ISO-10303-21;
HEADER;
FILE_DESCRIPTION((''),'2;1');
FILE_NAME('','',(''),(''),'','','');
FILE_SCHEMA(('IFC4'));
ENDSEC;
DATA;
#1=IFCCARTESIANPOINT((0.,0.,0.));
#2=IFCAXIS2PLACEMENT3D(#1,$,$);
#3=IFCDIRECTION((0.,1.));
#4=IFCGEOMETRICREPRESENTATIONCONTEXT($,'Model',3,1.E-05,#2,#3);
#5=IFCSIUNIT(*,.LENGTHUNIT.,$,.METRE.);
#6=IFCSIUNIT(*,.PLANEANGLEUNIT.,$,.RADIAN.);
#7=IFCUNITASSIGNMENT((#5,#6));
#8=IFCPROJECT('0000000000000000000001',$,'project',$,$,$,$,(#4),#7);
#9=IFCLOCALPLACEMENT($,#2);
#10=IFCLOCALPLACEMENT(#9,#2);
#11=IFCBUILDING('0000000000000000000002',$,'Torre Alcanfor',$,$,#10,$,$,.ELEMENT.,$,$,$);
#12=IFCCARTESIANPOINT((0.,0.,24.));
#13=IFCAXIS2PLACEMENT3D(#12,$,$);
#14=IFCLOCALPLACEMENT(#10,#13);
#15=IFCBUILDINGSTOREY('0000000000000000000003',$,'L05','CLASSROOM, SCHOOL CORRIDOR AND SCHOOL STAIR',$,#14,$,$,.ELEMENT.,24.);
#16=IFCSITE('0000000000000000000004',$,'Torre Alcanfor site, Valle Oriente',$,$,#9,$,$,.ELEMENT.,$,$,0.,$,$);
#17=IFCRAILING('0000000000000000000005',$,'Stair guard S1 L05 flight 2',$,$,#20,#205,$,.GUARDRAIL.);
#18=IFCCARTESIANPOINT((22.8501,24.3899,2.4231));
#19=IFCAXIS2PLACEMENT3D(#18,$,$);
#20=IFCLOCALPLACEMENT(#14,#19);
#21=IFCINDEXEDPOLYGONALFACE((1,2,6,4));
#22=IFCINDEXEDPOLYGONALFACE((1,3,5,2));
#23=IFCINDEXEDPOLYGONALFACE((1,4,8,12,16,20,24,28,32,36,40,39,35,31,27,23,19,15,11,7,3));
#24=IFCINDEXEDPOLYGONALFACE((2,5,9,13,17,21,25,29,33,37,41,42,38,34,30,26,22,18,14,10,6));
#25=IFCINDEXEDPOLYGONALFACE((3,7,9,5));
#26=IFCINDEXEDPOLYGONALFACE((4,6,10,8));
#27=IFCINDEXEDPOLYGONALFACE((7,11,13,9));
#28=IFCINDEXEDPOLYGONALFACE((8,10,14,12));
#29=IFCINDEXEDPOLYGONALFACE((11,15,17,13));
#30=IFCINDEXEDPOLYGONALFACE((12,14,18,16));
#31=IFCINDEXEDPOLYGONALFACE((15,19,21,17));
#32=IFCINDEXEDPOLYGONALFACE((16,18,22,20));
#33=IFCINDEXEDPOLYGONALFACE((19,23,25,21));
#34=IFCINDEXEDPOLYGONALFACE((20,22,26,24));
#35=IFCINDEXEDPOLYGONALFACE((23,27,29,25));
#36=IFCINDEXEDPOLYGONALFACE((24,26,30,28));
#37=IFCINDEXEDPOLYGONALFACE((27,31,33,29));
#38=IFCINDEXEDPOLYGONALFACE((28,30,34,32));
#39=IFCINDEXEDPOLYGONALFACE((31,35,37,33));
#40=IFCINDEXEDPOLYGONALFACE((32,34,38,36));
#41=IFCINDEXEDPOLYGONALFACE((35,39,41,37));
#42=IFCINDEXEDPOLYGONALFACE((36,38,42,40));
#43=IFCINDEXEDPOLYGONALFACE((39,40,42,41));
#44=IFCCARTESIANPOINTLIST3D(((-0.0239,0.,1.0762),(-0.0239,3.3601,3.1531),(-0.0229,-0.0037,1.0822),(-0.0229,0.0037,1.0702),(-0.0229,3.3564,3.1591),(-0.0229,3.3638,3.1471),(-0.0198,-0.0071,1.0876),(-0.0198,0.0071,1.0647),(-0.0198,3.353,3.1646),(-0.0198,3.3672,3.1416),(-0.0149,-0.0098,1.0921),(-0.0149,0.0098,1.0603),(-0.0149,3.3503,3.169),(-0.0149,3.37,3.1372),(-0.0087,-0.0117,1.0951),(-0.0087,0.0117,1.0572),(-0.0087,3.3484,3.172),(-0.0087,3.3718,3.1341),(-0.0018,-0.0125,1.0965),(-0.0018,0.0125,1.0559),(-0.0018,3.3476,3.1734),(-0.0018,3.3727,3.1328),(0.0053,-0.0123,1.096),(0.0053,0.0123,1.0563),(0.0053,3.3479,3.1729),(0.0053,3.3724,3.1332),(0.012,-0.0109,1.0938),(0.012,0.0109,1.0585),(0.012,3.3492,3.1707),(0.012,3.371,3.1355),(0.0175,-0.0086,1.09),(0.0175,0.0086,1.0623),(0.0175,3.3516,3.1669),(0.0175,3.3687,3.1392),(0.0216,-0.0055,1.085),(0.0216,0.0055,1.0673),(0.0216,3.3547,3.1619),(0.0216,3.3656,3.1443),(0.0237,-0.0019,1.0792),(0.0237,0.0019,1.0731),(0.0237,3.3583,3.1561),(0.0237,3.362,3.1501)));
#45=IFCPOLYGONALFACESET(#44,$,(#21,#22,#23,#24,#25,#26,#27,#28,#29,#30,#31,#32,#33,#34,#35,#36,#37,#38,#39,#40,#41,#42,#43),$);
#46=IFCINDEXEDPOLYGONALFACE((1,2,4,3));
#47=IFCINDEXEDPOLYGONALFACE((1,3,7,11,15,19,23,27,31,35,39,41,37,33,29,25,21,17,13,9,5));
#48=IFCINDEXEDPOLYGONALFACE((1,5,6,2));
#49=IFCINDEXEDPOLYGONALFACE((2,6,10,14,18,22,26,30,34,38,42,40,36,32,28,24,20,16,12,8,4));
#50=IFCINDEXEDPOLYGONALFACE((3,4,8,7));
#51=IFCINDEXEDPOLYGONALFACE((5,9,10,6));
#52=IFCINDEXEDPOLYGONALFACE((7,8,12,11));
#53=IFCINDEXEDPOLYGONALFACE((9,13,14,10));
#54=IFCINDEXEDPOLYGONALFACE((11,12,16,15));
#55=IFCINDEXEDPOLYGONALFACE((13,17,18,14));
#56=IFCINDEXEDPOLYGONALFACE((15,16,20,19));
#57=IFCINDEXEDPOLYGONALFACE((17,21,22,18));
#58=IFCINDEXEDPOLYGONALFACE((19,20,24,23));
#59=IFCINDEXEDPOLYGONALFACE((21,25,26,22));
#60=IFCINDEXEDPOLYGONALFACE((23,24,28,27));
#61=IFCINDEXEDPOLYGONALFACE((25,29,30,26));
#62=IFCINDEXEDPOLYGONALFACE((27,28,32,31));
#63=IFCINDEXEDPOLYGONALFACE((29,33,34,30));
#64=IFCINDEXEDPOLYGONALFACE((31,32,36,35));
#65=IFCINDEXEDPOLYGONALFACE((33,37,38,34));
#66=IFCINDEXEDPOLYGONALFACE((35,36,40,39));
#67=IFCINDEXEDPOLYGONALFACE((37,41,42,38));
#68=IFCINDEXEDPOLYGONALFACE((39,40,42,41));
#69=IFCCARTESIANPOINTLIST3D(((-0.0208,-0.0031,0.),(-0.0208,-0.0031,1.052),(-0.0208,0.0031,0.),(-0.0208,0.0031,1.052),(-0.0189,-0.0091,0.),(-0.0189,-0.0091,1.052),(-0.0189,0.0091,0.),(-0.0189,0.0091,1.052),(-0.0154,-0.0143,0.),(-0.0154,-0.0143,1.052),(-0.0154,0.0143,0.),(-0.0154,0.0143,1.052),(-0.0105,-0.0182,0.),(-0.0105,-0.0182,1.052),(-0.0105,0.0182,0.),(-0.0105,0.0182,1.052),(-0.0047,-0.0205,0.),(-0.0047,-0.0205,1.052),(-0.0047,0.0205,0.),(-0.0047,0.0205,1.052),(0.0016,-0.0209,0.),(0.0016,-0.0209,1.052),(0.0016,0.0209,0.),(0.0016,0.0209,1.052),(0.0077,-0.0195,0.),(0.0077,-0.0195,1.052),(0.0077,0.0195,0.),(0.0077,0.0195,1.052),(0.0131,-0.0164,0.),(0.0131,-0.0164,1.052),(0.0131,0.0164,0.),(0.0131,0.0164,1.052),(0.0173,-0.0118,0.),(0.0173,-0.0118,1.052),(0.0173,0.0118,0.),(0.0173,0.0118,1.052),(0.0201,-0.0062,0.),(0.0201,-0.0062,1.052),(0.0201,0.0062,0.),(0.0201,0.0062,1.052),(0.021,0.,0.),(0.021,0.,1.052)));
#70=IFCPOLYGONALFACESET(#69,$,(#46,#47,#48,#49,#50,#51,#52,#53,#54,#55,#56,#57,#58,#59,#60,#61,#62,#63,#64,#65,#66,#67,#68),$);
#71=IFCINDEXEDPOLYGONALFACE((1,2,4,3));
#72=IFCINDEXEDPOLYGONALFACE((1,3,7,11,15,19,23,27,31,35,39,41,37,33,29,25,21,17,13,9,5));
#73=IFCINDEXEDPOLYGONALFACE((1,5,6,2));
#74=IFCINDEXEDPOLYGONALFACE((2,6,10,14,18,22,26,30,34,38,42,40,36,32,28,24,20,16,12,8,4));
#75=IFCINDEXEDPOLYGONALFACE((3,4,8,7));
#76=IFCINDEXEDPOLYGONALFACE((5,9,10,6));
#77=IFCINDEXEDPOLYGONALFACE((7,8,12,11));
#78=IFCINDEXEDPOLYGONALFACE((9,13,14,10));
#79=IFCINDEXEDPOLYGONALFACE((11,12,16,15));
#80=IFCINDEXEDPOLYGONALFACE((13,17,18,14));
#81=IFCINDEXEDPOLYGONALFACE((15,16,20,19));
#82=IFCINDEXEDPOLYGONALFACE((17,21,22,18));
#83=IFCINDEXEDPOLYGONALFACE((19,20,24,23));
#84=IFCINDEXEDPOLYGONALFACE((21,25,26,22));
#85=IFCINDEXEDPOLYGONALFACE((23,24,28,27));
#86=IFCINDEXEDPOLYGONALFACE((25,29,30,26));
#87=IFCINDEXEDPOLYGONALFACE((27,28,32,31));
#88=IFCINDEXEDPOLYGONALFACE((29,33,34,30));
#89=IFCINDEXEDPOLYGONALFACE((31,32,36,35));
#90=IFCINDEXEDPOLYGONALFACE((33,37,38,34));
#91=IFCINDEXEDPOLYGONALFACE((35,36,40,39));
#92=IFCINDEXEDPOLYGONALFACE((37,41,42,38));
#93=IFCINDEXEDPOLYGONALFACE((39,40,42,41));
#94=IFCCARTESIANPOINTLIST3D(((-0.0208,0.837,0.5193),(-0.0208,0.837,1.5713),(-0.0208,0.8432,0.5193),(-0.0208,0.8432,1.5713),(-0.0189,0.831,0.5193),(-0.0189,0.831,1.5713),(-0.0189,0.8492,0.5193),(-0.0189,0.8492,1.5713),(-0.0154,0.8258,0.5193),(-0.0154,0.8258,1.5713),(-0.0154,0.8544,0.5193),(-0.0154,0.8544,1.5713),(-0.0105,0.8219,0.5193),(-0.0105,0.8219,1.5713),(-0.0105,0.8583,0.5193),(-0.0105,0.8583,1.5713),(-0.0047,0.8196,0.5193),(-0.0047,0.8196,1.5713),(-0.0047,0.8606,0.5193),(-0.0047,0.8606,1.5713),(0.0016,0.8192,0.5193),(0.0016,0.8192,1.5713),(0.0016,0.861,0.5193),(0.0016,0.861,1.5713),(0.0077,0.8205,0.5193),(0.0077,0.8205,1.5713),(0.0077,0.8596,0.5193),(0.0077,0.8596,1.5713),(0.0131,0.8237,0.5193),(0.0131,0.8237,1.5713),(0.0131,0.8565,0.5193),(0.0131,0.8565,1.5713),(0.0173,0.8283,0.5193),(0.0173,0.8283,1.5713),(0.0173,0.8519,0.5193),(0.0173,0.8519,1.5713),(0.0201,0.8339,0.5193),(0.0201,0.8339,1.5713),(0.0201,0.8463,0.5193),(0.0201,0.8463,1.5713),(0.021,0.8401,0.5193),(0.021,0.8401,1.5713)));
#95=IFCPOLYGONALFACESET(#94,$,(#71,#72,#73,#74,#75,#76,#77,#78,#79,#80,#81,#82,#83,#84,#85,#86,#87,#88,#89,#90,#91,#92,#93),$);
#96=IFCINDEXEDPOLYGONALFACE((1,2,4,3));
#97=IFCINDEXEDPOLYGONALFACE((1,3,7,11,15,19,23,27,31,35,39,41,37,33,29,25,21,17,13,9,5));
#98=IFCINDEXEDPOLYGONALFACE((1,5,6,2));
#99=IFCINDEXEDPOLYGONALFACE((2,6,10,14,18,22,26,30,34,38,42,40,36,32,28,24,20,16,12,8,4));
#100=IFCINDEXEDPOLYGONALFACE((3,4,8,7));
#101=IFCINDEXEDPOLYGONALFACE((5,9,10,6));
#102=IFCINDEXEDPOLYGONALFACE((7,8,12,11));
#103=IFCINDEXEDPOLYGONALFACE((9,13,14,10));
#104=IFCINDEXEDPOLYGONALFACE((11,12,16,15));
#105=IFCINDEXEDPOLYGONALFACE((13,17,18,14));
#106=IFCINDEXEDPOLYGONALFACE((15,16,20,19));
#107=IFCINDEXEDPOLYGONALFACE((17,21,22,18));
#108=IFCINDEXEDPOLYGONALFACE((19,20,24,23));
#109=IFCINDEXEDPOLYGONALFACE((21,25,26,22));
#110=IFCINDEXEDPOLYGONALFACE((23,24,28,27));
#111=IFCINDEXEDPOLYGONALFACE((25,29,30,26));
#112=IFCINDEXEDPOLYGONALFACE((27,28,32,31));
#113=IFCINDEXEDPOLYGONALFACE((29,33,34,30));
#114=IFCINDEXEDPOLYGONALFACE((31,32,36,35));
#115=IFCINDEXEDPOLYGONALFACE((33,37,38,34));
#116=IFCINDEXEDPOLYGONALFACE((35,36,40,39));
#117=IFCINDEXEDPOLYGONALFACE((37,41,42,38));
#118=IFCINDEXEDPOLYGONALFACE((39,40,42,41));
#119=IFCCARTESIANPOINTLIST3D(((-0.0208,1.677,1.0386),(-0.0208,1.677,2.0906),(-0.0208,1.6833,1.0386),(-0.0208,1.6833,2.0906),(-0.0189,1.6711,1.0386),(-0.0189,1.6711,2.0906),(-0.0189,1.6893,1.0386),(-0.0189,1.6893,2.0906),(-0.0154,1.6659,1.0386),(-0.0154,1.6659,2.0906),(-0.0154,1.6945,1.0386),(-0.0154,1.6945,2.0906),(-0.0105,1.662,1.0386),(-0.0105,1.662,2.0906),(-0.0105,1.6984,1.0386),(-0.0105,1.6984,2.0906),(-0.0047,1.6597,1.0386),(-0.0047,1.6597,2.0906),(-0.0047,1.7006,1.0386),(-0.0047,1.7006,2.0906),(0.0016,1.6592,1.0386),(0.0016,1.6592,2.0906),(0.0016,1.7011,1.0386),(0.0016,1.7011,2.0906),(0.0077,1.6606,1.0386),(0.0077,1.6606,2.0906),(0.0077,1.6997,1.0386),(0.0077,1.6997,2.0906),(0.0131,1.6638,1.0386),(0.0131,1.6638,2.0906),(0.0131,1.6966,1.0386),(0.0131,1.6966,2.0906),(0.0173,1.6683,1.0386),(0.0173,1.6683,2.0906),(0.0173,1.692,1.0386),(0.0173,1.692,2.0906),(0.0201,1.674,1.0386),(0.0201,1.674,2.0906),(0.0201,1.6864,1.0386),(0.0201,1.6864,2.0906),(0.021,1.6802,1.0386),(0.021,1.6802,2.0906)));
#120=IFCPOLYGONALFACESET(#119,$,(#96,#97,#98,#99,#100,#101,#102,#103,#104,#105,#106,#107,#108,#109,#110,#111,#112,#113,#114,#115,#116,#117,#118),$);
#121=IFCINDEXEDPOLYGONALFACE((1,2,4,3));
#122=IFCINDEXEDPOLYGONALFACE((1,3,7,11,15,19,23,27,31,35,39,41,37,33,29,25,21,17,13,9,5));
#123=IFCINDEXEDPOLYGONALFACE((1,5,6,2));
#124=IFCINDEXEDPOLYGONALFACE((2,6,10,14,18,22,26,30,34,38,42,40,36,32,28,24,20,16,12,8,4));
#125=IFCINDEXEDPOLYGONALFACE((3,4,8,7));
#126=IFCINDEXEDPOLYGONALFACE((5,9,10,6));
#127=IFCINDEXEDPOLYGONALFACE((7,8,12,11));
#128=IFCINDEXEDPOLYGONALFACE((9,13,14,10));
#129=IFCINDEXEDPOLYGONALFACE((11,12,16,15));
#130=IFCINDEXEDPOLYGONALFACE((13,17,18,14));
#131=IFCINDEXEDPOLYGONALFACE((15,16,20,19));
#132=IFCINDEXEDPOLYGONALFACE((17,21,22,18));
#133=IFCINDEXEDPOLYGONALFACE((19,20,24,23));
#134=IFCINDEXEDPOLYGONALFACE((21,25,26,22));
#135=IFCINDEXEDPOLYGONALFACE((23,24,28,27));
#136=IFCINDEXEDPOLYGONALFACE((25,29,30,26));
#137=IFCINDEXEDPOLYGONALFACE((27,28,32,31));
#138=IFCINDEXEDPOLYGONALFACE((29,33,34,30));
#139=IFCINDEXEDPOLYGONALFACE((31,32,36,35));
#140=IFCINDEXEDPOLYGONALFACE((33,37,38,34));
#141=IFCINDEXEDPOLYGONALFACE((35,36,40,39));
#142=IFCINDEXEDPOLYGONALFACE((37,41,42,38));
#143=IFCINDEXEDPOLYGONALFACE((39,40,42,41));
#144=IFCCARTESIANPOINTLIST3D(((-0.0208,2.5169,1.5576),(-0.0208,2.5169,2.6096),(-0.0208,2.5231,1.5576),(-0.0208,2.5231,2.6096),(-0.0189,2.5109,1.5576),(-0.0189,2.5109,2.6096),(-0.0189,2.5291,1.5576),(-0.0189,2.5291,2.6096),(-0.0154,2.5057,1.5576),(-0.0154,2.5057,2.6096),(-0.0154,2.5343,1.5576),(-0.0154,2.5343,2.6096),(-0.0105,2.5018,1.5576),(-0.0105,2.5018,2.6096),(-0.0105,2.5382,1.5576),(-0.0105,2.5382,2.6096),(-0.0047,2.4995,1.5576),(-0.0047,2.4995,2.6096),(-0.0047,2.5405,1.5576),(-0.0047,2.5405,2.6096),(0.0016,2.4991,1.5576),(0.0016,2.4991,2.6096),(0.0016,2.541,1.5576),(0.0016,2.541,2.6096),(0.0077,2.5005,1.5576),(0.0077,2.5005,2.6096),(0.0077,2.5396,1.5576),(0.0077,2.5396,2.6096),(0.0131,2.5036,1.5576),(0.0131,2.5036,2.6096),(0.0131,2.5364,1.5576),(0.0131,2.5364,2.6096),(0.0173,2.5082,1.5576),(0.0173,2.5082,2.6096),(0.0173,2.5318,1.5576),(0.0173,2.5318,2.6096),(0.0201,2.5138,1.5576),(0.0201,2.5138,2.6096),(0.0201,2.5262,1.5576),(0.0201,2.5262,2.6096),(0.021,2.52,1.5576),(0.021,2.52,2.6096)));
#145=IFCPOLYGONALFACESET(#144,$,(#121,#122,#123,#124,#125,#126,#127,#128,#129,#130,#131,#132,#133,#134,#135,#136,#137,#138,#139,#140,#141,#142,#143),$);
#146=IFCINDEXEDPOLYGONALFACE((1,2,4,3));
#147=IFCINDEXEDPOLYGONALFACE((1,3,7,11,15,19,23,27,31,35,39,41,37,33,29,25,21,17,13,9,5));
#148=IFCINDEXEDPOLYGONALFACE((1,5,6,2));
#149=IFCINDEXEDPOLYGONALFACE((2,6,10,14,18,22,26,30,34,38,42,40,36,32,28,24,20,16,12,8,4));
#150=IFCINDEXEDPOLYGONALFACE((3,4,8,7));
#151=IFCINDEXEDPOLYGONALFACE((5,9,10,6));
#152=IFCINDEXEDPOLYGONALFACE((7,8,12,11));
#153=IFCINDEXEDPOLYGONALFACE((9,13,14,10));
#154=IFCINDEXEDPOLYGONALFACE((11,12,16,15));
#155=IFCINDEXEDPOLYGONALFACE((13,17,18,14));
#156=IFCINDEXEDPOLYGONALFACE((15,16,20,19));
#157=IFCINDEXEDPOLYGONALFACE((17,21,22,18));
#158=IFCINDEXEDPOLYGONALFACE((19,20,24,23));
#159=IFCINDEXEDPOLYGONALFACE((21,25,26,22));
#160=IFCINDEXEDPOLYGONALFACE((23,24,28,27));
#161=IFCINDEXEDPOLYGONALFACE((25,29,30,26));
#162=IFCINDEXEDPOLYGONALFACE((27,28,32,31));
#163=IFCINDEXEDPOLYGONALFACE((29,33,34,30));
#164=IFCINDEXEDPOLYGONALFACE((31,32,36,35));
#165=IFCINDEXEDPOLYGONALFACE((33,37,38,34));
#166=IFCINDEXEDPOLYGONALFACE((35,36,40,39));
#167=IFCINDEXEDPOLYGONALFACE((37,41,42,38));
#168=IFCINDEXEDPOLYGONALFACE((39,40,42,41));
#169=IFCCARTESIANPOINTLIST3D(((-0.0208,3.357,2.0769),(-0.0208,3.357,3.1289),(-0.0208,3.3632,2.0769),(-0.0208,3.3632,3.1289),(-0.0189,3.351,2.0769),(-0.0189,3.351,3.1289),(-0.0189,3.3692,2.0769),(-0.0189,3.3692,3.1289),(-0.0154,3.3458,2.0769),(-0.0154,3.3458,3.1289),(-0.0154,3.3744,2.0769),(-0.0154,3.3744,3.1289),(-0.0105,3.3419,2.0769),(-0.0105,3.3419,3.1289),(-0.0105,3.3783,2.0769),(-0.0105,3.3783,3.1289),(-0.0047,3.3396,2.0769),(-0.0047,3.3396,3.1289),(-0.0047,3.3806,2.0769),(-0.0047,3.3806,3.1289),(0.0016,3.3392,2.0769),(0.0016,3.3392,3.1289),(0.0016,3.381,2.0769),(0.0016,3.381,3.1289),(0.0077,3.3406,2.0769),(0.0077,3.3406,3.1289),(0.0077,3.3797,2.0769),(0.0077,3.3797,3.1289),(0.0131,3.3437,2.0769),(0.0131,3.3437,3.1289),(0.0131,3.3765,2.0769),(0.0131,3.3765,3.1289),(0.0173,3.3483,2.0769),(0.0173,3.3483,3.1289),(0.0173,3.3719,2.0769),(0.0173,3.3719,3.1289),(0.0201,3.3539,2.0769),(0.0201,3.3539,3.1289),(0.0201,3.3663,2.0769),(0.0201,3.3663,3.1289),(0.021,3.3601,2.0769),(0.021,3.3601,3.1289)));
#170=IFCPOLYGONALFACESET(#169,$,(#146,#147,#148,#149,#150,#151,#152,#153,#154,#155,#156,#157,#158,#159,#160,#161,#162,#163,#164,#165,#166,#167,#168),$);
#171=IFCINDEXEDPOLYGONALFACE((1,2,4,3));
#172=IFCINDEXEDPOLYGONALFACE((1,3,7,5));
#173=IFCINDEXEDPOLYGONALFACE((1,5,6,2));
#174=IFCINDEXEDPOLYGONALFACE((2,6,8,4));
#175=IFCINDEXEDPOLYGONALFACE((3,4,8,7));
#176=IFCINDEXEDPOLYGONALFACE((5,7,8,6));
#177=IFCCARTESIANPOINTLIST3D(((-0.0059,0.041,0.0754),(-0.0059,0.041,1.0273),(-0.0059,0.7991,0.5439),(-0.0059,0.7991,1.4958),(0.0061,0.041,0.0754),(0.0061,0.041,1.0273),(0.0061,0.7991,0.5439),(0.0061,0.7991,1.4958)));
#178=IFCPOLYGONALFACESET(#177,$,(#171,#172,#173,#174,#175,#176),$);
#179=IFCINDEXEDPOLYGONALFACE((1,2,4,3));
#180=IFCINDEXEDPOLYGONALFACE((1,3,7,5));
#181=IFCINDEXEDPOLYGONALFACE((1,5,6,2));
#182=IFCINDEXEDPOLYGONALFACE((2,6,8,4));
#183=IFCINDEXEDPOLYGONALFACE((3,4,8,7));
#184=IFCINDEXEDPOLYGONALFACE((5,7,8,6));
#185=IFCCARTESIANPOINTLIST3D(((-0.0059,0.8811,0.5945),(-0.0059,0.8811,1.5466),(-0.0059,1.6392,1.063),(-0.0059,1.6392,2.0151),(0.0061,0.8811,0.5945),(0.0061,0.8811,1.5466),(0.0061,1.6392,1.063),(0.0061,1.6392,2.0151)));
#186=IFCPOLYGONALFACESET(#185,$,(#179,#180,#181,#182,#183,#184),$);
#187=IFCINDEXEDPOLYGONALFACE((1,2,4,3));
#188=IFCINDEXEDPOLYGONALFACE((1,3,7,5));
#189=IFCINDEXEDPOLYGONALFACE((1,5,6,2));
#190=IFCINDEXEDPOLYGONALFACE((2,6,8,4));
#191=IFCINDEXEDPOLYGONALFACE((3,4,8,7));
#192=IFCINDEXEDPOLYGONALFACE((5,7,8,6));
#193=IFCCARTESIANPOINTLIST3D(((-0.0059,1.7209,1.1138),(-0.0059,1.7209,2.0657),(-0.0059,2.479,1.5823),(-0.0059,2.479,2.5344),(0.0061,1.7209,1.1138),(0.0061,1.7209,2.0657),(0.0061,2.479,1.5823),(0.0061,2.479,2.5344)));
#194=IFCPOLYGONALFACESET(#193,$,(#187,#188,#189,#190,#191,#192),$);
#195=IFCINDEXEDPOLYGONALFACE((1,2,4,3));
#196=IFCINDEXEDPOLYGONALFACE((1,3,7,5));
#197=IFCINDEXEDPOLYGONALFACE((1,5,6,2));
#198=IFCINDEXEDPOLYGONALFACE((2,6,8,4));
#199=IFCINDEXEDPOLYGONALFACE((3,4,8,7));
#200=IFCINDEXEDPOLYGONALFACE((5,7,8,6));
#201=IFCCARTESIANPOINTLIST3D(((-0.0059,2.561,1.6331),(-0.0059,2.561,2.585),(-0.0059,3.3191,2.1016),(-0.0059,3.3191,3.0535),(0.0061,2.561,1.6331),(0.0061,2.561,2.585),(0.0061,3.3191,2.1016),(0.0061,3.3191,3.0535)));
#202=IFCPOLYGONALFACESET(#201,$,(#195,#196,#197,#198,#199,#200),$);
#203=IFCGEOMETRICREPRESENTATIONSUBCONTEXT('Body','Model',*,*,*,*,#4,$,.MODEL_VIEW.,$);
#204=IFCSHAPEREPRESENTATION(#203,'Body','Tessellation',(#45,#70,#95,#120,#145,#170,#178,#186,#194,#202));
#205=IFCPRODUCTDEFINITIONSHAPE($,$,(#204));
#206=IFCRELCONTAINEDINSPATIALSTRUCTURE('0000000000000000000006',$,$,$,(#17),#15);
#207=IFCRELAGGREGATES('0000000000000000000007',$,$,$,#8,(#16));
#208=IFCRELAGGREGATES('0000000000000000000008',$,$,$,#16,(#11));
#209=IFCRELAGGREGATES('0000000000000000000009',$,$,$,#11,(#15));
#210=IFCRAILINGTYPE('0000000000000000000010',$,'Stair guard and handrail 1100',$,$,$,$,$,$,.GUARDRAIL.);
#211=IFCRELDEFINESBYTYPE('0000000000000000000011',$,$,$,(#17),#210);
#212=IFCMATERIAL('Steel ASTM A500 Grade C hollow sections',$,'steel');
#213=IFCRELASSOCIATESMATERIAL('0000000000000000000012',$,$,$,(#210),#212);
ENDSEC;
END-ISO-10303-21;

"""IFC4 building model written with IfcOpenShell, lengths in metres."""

from ifc_helpers import new_model, si_unit, direction, frame, origin, origin_2d, place, context, subcontext, project, spatial, polyline, circle, outline, extrude, material, type_object, element, save


model = new_model("IFC4")

# Units and contexts
model_context = context("Model", 3, precision=1e-05, world=origin(), true_north=direction((0.0, 1.0)))
body_context = subcontext(model_context, "Body", "Model", "MODEL_VIEW")
ifc_project = project(units=[si_unit("LENGTHUNIT", "METRE"), si_unit("PLANEANGLEUNIT", "RADIAN")], contexts=[model_context])

# Site, building, storey
site_placement = place(None, origin())
site = spatial("IfcSite", under=ifc_project, at=site_placement, Name="Torre Alcanfor site, Valle Oriente", CompositionType="ELEMENT", RefElevation=0.0)
building_placement = place(site_placement, origin())
building = spatial("IfcBuilding", under=site, at=building_placement, Name="Torre Alcanfor", CompositionType="ELEMENT")
storey_placement = place(building_placement, frame((0.0, 0.0, 24.0)))
storey = spatial("IfcBuildingStorey", under=building, at=storey_placement, Name="L05", Description="CLASSROOM, SCHOOL CORRIDOR AND SCHOOL STAIR", CompositionType="ELEMENT", Elevation=24.0)

# Railing
ifc_material_1 = material(Name="Steel ASTM A500 Grade C hollow sections", Category="steel")
railing_type_1 = type_object("IfcRailingType", Name="Stair guard and handrail 1100", PredefinedType="GUARDRAIL", material=ifc_material_1)
railing_1_placement = place(storey_placement, frame((22.8501, 24.3899, 2.4231)))
element("IfcRailing", 1, at=railing_1_placement, inside=storey, type_object=railing_type_1, Name="Stair guard S1 L05 flight 2", PredefinedType="GUARDRAIL", context=body_context, shape_type="SweptSolid", body=[
    extrude(circle(Radius=0.0239, at=origin_2d()), frame((0.0, 0.0, 1.0762), z_axis=(0.0, 0.850623, 0.525776), x_axis=(-1.0, 0.0, 0.0)), (0.0, 0.0, 1.0), 3.9502),
    extrude(circle(Radius=0.021, at=origin_2d()), origin(), (0.0, 0.0, 1.0), 1.052),
    extrude(circle(Radius=0.021, at=origin_2d()), frame((0.0, 0.8401, 0.5193)), (0.0, 0.0, 1.0), 1.052),
    extrude(circle(Radius=0.021, at=origin_2d()), frame((0.0, 1.6802, 1.0386)), (0.0, 0.0, 1.0), 1.052),
    extrude(circle(Radius=0.021, at=origin_2d()), frame((0.0, 2.52, 1.5576)), (0.0, 0.0, 1.0), 1.052),
    extrude(circle(Radius=0.021, at=origin_2d()), frame((0.0, 3.3601, 2.0769)), (0.0, 0.0, 1.0), 1.052),
    extrude(outline(polyline([(0.041, 0.0754), (0.7991, 0.5439), (0.7991, 1.4958), (0.041, 1.0273), (0.041, 0.0754)])), frame((-0.0059, 0.0, 0.0), z_axis=(1.0, 0.0, 0.0), x_axis=(0.0, 1.0, 0.0)), (0.0, 0.0, 1.0), 0.012),
    extrude(outline(polyline([(0.8811, 0.5945), (1.6392, 1.063), (1.6392, 2.0151), (0.8811, 1.5466), (0.8811, 0.5945)])), frame((-0.0059, 0.0, 0.0), z_axis=(1.0, 0.0, 0.0), x_axis=(0.0, 1.0, 0.0)), (0.0, 0.0, 1.0), 0.012),
    extrude(outline(polyline([(1.7209, 1.1138), (2.479, 1.5823), (2.479, 2.5344), (1.7209, 2.0657), (1.7209, 1.1138)])), frame((-0.0059, 0.0, 0.0), z_axis=(1.0, 0.0, 0.0), x_axis=(0.0, 1.0, 0.0)), (0.0, 0.0, 1.0), 0.012),
    extrude(outline(polyline([(2.561, 1.6331), (3.3191, 2.1016), (3.3191, 3.0535), (2.561, 2.585), (2.561, 1.6331)])), frame((-0.0059, 0.0, 0.0), z_axis=(1.0, 0.0, 0.0), x_axis=(0.0, 1.0, 0.0)), (0.0, 0.0, 1.0), 0.012),
])

save(model, "model.ifc")
